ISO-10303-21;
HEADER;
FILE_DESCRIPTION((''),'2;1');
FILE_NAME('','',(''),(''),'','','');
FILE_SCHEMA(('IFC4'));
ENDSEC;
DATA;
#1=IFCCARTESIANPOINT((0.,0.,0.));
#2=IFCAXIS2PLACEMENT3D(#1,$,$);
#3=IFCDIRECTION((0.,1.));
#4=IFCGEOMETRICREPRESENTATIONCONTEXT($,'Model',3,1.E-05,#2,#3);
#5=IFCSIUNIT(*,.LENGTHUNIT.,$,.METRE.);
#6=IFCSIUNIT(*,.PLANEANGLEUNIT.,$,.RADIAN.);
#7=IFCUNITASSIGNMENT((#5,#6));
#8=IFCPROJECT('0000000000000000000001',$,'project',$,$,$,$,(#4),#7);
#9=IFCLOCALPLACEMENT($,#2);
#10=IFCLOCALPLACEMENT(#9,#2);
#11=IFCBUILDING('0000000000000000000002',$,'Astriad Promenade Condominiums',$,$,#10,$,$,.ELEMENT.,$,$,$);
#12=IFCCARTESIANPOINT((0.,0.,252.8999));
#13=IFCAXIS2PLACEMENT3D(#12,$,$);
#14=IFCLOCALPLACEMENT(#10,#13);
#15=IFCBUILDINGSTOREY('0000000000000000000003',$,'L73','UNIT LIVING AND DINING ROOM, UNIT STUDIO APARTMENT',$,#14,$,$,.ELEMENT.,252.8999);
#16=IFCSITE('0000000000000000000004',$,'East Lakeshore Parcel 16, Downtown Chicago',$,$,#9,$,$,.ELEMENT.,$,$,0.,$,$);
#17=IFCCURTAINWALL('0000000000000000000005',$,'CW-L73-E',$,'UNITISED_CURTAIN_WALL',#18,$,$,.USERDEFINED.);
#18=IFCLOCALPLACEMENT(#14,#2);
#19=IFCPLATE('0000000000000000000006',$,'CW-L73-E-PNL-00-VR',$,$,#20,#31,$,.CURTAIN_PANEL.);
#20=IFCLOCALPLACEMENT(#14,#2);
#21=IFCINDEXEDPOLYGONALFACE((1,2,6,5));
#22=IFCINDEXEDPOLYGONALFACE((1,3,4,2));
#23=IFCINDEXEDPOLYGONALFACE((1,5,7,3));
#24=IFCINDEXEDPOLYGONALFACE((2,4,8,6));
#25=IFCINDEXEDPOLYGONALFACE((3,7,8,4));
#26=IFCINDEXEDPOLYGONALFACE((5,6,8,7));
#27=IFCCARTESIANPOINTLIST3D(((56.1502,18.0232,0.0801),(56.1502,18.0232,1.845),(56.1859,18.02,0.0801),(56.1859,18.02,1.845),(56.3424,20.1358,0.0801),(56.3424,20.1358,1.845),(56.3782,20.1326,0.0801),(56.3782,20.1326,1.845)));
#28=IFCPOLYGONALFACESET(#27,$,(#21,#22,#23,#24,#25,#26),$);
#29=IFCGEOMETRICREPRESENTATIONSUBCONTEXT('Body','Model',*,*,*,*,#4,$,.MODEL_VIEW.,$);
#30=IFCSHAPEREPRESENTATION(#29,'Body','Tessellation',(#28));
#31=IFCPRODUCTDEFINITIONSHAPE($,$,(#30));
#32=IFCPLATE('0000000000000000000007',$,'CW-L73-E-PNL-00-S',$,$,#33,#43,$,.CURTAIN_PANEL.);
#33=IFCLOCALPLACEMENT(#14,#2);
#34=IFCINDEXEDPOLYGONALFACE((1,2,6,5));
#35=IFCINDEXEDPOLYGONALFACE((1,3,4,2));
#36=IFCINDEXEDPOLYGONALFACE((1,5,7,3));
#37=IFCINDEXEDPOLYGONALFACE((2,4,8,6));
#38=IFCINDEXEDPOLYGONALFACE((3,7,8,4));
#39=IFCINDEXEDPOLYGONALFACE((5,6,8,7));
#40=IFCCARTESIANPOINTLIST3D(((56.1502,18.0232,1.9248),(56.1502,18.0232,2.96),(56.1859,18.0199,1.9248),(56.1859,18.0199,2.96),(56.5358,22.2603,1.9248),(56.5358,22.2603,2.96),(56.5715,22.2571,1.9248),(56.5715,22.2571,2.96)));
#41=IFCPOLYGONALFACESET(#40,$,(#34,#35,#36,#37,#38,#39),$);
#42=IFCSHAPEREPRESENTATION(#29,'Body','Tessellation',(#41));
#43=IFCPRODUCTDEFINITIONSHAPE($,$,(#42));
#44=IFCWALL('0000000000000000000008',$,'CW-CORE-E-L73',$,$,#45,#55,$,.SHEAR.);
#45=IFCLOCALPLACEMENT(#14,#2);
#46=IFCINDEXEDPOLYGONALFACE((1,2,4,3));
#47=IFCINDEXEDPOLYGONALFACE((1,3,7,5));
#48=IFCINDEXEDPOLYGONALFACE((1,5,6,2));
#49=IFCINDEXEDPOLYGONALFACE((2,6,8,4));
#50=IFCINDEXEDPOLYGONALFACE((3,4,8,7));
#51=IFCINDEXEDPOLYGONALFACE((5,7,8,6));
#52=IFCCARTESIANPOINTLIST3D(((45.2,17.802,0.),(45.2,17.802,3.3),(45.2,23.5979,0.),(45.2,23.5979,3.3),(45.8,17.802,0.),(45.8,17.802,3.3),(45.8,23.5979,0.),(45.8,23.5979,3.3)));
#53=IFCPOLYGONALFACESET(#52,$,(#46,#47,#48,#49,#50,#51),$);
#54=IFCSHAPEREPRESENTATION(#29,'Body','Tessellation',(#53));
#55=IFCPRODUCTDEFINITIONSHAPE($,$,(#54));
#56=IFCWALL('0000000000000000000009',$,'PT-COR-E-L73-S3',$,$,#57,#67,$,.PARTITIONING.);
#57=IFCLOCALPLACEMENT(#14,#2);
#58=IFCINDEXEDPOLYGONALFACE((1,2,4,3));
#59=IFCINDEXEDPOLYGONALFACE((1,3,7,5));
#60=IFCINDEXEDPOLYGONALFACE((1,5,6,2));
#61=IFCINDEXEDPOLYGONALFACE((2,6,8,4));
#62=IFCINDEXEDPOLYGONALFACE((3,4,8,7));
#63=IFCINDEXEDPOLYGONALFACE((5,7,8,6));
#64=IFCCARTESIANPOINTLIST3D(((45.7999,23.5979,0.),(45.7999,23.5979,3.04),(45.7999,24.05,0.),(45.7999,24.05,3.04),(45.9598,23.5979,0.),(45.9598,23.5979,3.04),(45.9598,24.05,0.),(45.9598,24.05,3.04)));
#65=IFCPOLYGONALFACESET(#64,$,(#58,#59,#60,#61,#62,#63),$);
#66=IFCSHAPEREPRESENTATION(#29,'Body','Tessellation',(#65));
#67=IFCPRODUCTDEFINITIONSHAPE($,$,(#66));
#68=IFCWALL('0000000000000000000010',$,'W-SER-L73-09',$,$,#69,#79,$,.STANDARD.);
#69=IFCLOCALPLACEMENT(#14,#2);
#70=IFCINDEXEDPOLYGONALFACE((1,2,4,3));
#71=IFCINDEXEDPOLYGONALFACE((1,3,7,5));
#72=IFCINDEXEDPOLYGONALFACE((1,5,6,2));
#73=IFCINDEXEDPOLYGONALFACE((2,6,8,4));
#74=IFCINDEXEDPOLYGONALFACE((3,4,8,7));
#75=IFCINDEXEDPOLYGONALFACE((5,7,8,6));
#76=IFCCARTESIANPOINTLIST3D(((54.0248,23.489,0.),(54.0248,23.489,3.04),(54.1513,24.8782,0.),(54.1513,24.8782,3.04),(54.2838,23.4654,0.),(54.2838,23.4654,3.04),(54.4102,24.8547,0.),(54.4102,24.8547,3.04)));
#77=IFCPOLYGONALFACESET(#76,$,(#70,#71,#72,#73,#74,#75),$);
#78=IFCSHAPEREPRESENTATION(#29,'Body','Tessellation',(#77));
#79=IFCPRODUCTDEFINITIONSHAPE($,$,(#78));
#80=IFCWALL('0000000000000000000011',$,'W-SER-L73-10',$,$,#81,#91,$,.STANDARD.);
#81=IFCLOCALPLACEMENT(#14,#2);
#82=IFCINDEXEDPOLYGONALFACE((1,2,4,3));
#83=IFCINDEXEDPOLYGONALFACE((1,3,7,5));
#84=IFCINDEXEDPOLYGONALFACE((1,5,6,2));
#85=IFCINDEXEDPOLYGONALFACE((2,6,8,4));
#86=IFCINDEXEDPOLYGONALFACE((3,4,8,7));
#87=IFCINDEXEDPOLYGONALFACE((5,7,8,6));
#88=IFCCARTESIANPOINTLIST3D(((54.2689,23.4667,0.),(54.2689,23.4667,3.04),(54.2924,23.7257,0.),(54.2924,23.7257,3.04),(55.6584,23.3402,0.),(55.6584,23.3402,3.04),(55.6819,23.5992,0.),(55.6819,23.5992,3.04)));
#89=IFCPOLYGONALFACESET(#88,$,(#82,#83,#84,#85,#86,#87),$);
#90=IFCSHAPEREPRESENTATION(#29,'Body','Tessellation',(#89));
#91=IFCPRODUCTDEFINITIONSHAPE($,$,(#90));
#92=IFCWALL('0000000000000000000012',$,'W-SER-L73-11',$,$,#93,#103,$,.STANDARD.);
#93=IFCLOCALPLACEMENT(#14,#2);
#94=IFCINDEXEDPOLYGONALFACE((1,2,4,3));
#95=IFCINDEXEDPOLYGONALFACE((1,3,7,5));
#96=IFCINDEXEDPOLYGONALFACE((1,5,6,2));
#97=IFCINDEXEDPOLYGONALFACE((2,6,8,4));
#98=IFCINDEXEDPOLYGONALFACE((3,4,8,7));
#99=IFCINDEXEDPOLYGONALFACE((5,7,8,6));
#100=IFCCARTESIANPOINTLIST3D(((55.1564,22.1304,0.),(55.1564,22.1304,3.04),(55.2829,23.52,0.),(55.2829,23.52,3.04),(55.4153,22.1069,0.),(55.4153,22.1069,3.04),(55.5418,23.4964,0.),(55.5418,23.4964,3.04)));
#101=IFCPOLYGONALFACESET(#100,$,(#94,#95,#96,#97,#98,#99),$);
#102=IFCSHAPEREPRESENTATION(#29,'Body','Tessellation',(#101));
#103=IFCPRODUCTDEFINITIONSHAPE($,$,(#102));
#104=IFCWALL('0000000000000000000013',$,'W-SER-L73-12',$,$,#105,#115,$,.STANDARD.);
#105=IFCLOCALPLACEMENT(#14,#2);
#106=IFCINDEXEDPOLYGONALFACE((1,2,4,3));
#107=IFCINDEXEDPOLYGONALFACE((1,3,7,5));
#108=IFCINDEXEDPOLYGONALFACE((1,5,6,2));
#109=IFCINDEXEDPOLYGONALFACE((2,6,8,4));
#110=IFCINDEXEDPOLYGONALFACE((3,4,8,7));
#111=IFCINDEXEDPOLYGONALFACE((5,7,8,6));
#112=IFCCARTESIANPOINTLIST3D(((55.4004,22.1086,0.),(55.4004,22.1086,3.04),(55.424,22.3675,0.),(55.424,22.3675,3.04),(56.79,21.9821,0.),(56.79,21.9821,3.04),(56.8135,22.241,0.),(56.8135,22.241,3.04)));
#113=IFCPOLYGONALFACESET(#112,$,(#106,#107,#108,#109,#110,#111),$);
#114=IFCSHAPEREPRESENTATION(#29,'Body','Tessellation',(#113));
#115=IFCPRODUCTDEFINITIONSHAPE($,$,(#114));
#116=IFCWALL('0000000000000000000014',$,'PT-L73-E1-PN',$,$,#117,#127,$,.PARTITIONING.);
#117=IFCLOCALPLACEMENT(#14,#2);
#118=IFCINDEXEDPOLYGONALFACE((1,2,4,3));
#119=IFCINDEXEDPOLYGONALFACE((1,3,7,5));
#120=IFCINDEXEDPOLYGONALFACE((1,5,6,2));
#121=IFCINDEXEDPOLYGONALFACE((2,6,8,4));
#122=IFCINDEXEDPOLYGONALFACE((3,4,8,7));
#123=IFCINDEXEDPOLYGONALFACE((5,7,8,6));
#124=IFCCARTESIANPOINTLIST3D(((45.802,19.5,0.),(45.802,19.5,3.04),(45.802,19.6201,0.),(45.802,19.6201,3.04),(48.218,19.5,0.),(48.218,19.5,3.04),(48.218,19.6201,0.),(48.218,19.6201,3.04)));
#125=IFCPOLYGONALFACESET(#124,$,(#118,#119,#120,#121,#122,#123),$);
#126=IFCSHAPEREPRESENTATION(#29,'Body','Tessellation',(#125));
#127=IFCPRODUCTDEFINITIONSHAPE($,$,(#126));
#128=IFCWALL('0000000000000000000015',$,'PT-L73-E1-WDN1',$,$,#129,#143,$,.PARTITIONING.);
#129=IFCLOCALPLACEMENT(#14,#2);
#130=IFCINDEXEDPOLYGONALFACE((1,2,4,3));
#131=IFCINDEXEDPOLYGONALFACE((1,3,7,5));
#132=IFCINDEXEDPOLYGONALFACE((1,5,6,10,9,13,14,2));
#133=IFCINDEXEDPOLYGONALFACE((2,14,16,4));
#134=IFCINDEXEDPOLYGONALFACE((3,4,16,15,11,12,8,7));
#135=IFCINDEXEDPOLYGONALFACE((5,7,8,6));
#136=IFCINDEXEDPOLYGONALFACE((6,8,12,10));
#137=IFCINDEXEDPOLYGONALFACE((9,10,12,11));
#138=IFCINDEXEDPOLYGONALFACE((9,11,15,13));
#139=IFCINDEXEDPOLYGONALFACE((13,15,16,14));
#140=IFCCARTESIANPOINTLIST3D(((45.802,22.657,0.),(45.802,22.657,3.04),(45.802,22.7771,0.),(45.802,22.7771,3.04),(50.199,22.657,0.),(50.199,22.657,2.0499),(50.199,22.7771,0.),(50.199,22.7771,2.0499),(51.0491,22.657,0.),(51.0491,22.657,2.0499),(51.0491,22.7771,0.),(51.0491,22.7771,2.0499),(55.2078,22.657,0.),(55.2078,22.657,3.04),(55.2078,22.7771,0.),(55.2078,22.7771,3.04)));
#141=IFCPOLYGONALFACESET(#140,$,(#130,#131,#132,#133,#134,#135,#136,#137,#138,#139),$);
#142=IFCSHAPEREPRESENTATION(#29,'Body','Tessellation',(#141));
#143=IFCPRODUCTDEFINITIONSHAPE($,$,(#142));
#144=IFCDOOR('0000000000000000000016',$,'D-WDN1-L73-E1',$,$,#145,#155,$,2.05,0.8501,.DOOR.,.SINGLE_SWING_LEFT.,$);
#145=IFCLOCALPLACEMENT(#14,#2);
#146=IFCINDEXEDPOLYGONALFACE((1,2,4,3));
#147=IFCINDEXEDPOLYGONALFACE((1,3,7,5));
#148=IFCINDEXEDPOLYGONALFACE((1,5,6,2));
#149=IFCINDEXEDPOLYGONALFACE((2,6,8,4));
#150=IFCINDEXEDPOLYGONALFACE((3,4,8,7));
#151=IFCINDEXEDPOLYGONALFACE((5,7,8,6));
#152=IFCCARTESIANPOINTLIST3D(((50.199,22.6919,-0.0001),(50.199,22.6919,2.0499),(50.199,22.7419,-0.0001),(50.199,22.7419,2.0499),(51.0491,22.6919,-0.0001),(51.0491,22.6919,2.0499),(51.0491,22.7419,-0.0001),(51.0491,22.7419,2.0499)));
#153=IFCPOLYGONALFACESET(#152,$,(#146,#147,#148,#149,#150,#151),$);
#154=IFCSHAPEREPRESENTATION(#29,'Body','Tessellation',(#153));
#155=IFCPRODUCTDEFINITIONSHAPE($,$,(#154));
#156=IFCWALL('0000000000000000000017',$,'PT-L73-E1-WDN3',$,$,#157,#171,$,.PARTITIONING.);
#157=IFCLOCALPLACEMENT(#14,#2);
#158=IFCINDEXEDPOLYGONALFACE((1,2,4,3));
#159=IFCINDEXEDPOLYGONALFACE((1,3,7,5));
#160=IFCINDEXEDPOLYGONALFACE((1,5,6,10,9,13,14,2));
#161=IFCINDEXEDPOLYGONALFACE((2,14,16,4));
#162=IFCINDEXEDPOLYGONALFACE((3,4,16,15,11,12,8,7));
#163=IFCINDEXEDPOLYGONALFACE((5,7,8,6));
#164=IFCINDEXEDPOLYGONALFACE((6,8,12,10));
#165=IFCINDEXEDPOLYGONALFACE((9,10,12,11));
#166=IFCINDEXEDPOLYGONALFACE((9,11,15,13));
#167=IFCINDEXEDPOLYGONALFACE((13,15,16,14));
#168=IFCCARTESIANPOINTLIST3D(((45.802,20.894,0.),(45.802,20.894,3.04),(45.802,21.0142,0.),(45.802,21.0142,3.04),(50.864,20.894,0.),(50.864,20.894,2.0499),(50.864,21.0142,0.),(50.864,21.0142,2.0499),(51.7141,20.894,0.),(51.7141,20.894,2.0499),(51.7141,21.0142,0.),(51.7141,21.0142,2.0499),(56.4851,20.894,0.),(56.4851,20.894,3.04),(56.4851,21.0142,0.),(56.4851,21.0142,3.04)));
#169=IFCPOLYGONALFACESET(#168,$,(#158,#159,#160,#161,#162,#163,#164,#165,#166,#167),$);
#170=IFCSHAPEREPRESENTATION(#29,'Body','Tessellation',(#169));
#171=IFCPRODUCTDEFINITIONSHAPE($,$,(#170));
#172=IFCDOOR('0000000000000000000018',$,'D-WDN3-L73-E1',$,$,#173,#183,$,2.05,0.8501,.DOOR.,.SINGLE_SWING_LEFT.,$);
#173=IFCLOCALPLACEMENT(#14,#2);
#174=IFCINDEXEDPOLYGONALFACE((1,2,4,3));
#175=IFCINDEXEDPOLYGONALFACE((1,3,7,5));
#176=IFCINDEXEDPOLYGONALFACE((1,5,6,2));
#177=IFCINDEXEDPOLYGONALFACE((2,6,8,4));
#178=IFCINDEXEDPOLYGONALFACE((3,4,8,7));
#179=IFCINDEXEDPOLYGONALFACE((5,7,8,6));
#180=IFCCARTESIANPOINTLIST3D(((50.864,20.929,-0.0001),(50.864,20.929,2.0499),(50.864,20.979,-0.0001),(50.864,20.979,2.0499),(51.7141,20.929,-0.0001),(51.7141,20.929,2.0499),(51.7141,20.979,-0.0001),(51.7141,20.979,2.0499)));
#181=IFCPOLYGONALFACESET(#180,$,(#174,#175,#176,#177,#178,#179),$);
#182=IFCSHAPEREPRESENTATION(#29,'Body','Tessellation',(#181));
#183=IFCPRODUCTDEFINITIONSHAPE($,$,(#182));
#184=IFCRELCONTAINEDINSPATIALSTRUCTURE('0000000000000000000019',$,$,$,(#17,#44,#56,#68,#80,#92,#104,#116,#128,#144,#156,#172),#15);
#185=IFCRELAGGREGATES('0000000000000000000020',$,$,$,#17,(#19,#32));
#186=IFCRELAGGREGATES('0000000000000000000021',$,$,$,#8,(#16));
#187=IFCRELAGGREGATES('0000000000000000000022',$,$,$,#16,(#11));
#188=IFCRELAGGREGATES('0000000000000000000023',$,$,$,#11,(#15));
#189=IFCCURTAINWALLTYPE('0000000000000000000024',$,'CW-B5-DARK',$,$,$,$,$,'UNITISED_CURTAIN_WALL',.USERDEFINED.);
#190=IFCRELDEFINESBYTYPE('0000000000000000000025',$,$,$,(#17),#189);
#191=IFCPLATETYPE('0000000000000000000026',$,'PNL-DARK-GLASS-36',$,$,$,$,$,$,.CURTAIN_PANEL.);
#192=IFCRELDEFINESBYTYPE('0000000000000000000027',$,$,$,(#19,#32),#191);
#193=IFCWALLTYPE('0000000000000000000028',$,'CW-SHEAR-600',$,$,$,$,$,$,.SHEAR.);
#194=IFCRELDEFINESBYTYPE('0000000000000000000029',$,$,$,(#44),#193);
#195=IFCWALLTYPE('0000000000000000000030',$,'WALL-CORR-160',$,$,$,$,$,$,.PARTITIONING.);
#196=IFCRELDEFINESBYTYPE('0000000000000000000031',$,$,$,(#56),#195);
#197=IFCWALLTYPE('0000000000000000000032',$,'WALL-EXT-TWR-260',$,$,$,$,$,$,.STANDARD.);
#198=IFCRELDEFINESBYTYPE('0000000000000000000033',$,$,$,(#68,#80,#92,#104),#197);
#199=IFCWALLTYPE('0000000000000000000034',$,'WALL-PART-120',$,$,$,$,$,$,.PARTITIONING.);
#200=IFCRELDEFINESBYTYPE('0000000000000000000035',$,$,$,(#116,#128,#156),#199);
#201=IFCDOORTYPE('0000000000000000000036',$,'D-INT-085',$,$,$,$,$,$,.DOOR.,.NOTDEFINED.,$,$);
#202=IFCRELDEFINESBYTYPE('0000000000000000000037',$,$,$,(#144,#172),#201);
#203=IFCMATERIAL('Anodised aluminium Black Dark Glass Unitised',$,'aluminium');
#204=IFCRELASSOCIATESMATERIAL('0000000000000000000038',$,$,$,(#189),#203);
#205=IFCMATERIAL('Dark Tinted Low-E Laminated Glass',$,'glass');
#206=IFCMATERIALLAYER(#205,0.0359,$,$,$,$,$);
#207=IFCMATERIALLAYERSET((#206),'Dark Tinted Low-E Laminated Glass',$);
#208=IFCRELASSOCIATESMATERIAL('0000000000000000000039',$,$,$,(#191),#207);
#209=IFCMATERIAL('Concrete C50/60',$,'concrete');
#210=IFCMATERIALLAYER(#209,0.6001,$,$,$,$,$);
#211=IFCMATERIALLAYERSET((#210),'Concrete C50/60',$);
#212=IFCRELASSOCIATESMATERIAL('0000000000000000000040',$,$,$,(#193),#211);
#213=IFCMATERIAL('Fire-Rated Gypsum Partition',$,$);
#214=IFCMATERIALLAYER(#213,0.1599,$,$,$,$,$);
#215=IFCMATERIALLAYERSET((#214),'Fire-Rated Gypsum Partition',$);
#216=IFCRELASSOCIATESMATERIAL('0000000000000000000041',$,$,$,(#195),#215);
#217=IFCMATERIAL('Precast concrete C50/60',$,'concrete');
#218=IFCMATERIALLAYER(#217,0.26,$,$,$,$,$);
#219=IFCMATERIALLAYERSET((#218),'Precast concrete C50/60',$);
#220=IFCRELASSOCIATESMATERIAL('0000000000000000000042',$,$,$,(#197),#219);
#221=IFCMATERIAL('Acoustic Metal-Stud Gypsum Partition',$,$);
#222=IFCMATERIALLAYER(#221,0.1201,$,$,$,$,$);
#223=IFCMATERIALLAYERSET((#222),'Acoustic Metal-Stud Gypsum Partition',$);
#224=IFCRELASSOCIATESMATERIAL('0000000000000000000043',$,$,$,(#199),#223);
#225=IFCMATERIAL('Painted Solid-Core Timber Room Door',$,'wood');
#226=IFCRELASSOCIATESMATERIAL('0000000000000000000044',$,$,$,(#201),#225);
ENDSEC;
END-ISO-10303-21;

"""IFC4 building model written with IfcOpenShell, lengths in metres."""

from ifc_helpers import new_model, si_unit, direction, frame, frame_2d, origin, origin_2d, place, context, subcontext, project, spatial, rectangle, extrude, source, transform, mapped, material, layer, layer_set, type_object, type_shapes, element, fill, aggregate, save


model = new_model("IFC4")

# Units and contexts
model_context = context("Model", 3, precision=1e-05, world=origin(), true_north=direction((0.0, 1.0)))
body_context = subcontext(model_context, "Body", "Model", "MODEL_VIEW")
ifc_project = project(units=[si_unit("LENGTHUNIT", "METRE"), si_unit("PLANEANGLEUNIT", "RADIAN")], contexts=[model_context])

# Site, building, storey
site_placement = place(None, origin())
site = spatial("IfcSite", under=ifc_project, at=site_placement, Name="East Lakeshore Parcel 16, Downtown Chicago", CompositionType="ELEMENT", RefElevation=0.0)
building_placement = place(site_placement, origin())
building = spatial("IfcBuilding", under=site, at=building_placement, Name="Astriad Promenade Condominiums", CompositionType="ELEMENT")
storey_placement = place(building_placement, frame((0.0, 0.0, 252.8999)))
storey = spatial("IfcBuildingStorey", under=building, at=storey_placement, Name="L73", Description="UNIT LIVING AND DINING ROOM, UNIT STUDIO APARTMENT", CompositionType="ELEMENT", Elevation=252.8999)

# Shared definitions
ifc_material_1 = material(Name="Concrete C50/60", Category="concrete")

# Curtain wall, plates
ifc_material_2 = material(Name="Anodised aluminium Black Dark Glass Unitised", Category="aluminium")
curtain_wall_type = type_object("IfcCurtainWallType", Name="CW-B5-DARK", ElementType="UNITISED_CURTAIN_WALL", PredefinedType="USERDEFINED", material=ifc_material_2)
curtain_wall_placement = place(storey_placement, origin())
curtain_wall = element("IfcCurtainWall", 1, at=curtain_wall_placement, inside=storey, type_object=curtain_wall_type, Name="CW-L73-E", ObjectType="UNITISED_CURTAIN_WALL", PredefinedType="USERDEFINED")
ifc_material_3 = material(Name="Dark Tinted Low-E Laminated Glass", Category="glass")
ifc_layer_1 = layer(ifc_material_3, 0.0359)
ifc_layer_set_1 = layer_set([ifc_layer_1], Name="Dark Tinted Low-E Laminated Glass")
plate_type = type_object("IfcPlateType", Name="PNL-DARK-GLASS-36", PredefinedType="CURTAIN_PANEL", material=ifc_layer_set_1)
shared_shape_1 = source(origin(), body_context, "Body", "SweptSolid", [
    extrude(rectangle(XDim=2.1213, YDim=0.0359, at=origin_2d()), origin(), (0.0, 0.0, 1.0), 1.7649),
])
plate_1_placement = place(storey_placement, frame((56.2642, 19.0779, 0.0801), z_axis=(0.0, 0.0, 1.0), x_axis=(-0.090633, -0.995884, 0.0)))
plate_1 = element("IfcPlate", 2, at=plate_1_placement, type_object=plate_type, Name="CW-L73-E-PNL-00-VR", PredefinedType="CURTAIN_PANEL", context=body_context, shape_type="MappedRepresentation", body=[
    mapped(shared_shape_1, transform((0.0, 0.0, 0.0), scale=1.0)),
])
shared_shape_2 = source(origin(), body_context, "Body", "SweptSolid", [
    extrude(rectangle(XDim=4.2546, YDim=0.0359, at=origin_2d()), origin(), (0.0, 0.0, 1.0), 1.0352),
])
type_shapes(plate_type, [shared_shape_1, shared_shape_2])
plate_2_placement = place(storey_placement, frame((56.3608, 20.1401, 1.9248), z_axis=(0.0, 0.0, 1.0), x_axis=(-0.090633, -0.995884, 0.0)))
plate_2 = element("IfcPlate", 3, at=plate_2_placement, type_object=plate_type, Name="CW-L73-E-PNL-00-S", PredefinedType="CURTAIN_PANEL", context=body_context, shape_type="MappedRepresentation", body=[
    mapped(shared_shape_2, transform((0.0, 0.0, 0.0), scale=1.0)),
])
aggregate(curtain_wall, [plate_1, plate_2])

# Walls
ifc_layer_2 = layer(ifc_material_1, 0.6001)
ifc_layer_set_2 = layer_set([ifc_layer_2], Name="Concrete C50/60")
wall_type_1 = type_object("IfcWallType", Name="CW-SHEAR-600", PredefinedType="SHEAR", material=ifc_layer_set_2)
wall_1_placement = place(storey_placement, frame((45.5, 17.802, 0.0), z_axis=(0.0, 0.0, 1.0), x_axis=(0.0, 1.0, 0.0)))
element("IfcWall", 4, at=wall_1_placement, inside=storey, type_object=wall_type_1, Name="CW-CORE-E-L73", PredefinedType="SHEAR", context=body_context, shape_type="SweptSolid", body=[
    extrude(rectangle(XDim=5.7959, YDim=0.6001, at=frame_2d((2.8979, 0.0))), origin(), (0.0, 0.0, 1.0), 3.3),
])
ifc_material_4 = material(Name="Fire-Rated Gypsum Partition")
ifc_layer_3 = layer(ifc_material_4, 0.1599)
ifc_layer_set_3 = layer_set([ifc_layer_3], Name="Fire-Rated Gypsum Partition")
wall_type_2 = type_object("IfcWallType", Name="WALL-CORR-160", PredefinedType="PARTITIONING", material=ifc_layer_set_3)
wall_2_placement = place(storey_placement, frame((45.8799, 23.5979, 0.0), z_axis=(0.0, 0.0, 1.0), x_axis=(0.0, 1.0, 0.0)))
element("IfcWall", 5, at=wall_2_placement, inside=storey, type_object=wall_type_2, Name="PT-COR-E-L73-S3", PredefinedType="PARTITIONING", context=body_context, shape_type="SweptSolid", body=[
    extrude(rectangle(XDim=0.4521, YDim=0.1599, at=frame_2d((0.2261, 0.0))), origin(), (0.0, 0.0, 1.0), 3.04),
])
ifc_material_5 = material(Name="Precast concrete C50/60", Category="concrete")
ifc_layer_4 = layer(ifc_material_5, 0.26)
ifc_layer_set_4 = layer_set([ifc_layer_4], Name="Precast concrete C50/60")
wall_type_3 = type_object("IfcWallType", Name="WALL-EXT-TWR-260", PredefinedType="STANDARD", material=ifc_layer_set_4)
wall_3_placement = place(storey_placement, frame((54.2808, 24.8665, 0.0), z_axis=(0.0, 0.0, 1.0), x_axis=(-0.090662, -0.995882, 0.0)))
element("IfcWall", 6, at=wall_3_placement, inside=storey, type_object=wall_type_3, Name="W-SER-L73-09", PredefinedType="STANDARD", context=body_context, shape_type="SweptSolid", body=[
    extrude(rectangle(XDim=1.395, YDim=0.26, at=frame_2d((0.6975, 0.0))), origin(), (0.0, 0.0, 1.0), 3.04),
])
for number, where, z_axis, x_axis, name in (
    (7, (54.2805, 23.5962, 0.0), (0.0, 0.0, 1.0), (0.995883, -0.090646, 0.0), "W-SER-L73-10"),
    (8, (55.4124, 23.5083, 0.0), (0.0, 0.0, 1.0), (-0.090646, -0.995883, 0.0), "W-SER-L73-11"),
    (9, (55.4121, 22.238, 0.0), (0.0, 0.0, 1.0), (0.995883, -0.090646, 0.0), "W-SER-L73-12"),
):
    element("IfcWall", number, at=place(storey_placement, frame(where, z_axis=z_axis, x_axis=x_axis)), inside=storey, type_object=wall_type_3, Name=name, PredefinedType="STANDARD", context=body_context, shape_type="SweptSolid", body=[
        extrude(rectangle(XDim=1.3953, YDim=0.26, at=frame_2d((0.6978, 0.0))), origin(), (0.0, 0.0, 1.0), 3.04),
    ])
ifc_material_6 = material(Name="Acoustic Metal-Stud Gypsum Partition")
ifc_layer_5 = layer(ifc_material_6, 0.1201)
ifc_layer_set_5 = layer_set([ifc_layer_5], Name="Acoustic Metal-Stud Gypsum Partition")
wall_type_4 = type_object("IfcWallType", Name="WALL-PART-120", PredefinedType="PARTITIONING", material=ifc_layer_set_5)
wall_4_placement = place(storey_placement, frame((45.802, 19.5601, 0.0), z_axis=(0.0, 0.0, 1.0), x_axis=(1.0, 0.0, 0.0)))
element("IfcWall", 10, at=wall_4_placement, inside=storey, type_object=wall_type_4, Name="PT-L73-E1-PN", PredefinedType="PARTITIONING", context=body_context, shape_type="SweptSolid", body=[
    extrude(rectangle(XDim=2.416, YDim=0.1201, at=frame_2d((1.208, 0.0))), origin(), (0.0, 0.0, 1.0), 3.04),
])

# Walls, openings, doors
wall_5_placement = place(storey_placement, frame((45.802, 22.717, 0.0), z_axis=(0.0, 0.0, 1.0), x_axis=(1.0, 0.0, 0.0)))
wall_5 = element("IfcWall", 11, at=wall_5_placement, inside=storey, type_object=wall_type_4, Name="PT-L73-E1-WDN1", PredefinedType="PARTITIONING", context=body_context, shape_type="SweptSolid", body=[
    extrude(rectangle(XDim=9.4058, YDim=0.1201, at=frame_2d((4.7029, 0.0))), origin(), (0.0, 0.0, 1.0), 3.04),
])
opening_1_placement = place(wall_5_placement, frame((4.397, 0.0, 0.0)))
opening_1 = element("IfcOpeningElement", 12, at=opening_1_placement, cuts=wall_5, PredefinedType="OPENING", context=body_context, shape_type="SweptSolid", body=[
    extrude(rectangle(XDim=0.8501, YDim=2.05, at=frame_2d((0.425, 1.0249))), frame((0.0, 0.0701, 0.0), z_axis=(0.0, -1.0, 0.0), x_axis=(1.0, 0.0, 0.0)), (0.0, 0.0, 1.0), 0.1401),
])
ifc_material_7 = material(Name="Painted Solid-Core Timber Room Door", Category="wood")
door_type = type_object("IfcDoorType", Name="D-INT-085", OperationType="NOTDEFINED", PredefinedType="DOOR", material=ifc_material_7)
shared_shape_3 = source(origin(), body_context, "Body", "SweptSolid", [
    extrude(rectangle(XDim=0.8501, YDim=2.05, at=frame_2d((0.425, 1.0249))), frame((0.0, 0.0249, 0.0), z_axis=(0.0, -1.0, 0.0), x_axis=(1.0, 0.0, 0.0)), (0.0, 0.0, 1.0), 0.05),
])
type_shapes(door_type, [shared_shape_3])
door_1_placement = place(opening_1_placement, origin())
door_1 = element("IfcDoor", 13, at=door_1_placement, inside=storey, type_object=door_type, Name="D-WDN1-L73-E1", OperationType="SINGLE_SWING_LEFT", OverallHeight=2.05, OverallWidth=0.8501, PredefinedType="DOOR", context=body_context, shape_type="MappedRepresentation", body=[
    mapped(shared_shape_3, transform((0.0, 0.0, 0.0), scale=1.0)),
])
fill(opening_1, door_1)
wall_6_placement = place(storey_placement, frame((45.802, 20.9541, 0.0), z_axis=(0.0, 0.0, 1.0), x_axis=(1.0, 0.0, 0.0)))
wall_6 = element("IfcWall", 14, at=wall_6_placement, inside=storey, type_object=wall_type_4, Name="PT-L73-E1-WDN3", PredefinedType="PARTITIONING", context=body_context, shape_type="SweptSolid", body=[
    extrude(rectangle(XDim=10.6831, YDim=0.1201, at=frame_2d((5.3416, 0.0))), origin(), (0.0, 0.0, 1.0), 3.04),
])
opening_2_placement = place(wall_6_placement, frame((5.062, 0.0, 0.0)))
opening_2 = element("IfcOpeningElement", 15, at=opening_2_placement, cuts=wall_6, PredefinedType="OPENING", context=body_context, shape_type="SweptSolid", body=[
    extrude(rectangle(XDim=0.8501, YDim=2.05, at=frame_2d((0.425, 1.0249))), frame((0.0, 0.0701, 0.0), z_axis=(0.0, -1.0, 0.0), x_axis=(1.0, 0.0, 0.0)), (0.0, 0.0, 1.0), 0.1401),
])
door_2_placement = place(opening_2_placement, origin())
door_2 = element("IfcDoor", 16, at=door_2_placement, inside=storey, type_object=door_type, Name="D-WDN3-L73-E1", OperationType="SINGLE_SWING_LEFT", OverallHeight=2.05, OverallWidth=0.8501, PredefinedType="DOOR", context=body_context, shape_type="MappedRepresentation", body=[
    mapped(shared_shape_3, transform((0.0, 0.0, 0.0), scale=1.0)),
])
fill(opening_2, door_2)

save(model, "model.ifc")
